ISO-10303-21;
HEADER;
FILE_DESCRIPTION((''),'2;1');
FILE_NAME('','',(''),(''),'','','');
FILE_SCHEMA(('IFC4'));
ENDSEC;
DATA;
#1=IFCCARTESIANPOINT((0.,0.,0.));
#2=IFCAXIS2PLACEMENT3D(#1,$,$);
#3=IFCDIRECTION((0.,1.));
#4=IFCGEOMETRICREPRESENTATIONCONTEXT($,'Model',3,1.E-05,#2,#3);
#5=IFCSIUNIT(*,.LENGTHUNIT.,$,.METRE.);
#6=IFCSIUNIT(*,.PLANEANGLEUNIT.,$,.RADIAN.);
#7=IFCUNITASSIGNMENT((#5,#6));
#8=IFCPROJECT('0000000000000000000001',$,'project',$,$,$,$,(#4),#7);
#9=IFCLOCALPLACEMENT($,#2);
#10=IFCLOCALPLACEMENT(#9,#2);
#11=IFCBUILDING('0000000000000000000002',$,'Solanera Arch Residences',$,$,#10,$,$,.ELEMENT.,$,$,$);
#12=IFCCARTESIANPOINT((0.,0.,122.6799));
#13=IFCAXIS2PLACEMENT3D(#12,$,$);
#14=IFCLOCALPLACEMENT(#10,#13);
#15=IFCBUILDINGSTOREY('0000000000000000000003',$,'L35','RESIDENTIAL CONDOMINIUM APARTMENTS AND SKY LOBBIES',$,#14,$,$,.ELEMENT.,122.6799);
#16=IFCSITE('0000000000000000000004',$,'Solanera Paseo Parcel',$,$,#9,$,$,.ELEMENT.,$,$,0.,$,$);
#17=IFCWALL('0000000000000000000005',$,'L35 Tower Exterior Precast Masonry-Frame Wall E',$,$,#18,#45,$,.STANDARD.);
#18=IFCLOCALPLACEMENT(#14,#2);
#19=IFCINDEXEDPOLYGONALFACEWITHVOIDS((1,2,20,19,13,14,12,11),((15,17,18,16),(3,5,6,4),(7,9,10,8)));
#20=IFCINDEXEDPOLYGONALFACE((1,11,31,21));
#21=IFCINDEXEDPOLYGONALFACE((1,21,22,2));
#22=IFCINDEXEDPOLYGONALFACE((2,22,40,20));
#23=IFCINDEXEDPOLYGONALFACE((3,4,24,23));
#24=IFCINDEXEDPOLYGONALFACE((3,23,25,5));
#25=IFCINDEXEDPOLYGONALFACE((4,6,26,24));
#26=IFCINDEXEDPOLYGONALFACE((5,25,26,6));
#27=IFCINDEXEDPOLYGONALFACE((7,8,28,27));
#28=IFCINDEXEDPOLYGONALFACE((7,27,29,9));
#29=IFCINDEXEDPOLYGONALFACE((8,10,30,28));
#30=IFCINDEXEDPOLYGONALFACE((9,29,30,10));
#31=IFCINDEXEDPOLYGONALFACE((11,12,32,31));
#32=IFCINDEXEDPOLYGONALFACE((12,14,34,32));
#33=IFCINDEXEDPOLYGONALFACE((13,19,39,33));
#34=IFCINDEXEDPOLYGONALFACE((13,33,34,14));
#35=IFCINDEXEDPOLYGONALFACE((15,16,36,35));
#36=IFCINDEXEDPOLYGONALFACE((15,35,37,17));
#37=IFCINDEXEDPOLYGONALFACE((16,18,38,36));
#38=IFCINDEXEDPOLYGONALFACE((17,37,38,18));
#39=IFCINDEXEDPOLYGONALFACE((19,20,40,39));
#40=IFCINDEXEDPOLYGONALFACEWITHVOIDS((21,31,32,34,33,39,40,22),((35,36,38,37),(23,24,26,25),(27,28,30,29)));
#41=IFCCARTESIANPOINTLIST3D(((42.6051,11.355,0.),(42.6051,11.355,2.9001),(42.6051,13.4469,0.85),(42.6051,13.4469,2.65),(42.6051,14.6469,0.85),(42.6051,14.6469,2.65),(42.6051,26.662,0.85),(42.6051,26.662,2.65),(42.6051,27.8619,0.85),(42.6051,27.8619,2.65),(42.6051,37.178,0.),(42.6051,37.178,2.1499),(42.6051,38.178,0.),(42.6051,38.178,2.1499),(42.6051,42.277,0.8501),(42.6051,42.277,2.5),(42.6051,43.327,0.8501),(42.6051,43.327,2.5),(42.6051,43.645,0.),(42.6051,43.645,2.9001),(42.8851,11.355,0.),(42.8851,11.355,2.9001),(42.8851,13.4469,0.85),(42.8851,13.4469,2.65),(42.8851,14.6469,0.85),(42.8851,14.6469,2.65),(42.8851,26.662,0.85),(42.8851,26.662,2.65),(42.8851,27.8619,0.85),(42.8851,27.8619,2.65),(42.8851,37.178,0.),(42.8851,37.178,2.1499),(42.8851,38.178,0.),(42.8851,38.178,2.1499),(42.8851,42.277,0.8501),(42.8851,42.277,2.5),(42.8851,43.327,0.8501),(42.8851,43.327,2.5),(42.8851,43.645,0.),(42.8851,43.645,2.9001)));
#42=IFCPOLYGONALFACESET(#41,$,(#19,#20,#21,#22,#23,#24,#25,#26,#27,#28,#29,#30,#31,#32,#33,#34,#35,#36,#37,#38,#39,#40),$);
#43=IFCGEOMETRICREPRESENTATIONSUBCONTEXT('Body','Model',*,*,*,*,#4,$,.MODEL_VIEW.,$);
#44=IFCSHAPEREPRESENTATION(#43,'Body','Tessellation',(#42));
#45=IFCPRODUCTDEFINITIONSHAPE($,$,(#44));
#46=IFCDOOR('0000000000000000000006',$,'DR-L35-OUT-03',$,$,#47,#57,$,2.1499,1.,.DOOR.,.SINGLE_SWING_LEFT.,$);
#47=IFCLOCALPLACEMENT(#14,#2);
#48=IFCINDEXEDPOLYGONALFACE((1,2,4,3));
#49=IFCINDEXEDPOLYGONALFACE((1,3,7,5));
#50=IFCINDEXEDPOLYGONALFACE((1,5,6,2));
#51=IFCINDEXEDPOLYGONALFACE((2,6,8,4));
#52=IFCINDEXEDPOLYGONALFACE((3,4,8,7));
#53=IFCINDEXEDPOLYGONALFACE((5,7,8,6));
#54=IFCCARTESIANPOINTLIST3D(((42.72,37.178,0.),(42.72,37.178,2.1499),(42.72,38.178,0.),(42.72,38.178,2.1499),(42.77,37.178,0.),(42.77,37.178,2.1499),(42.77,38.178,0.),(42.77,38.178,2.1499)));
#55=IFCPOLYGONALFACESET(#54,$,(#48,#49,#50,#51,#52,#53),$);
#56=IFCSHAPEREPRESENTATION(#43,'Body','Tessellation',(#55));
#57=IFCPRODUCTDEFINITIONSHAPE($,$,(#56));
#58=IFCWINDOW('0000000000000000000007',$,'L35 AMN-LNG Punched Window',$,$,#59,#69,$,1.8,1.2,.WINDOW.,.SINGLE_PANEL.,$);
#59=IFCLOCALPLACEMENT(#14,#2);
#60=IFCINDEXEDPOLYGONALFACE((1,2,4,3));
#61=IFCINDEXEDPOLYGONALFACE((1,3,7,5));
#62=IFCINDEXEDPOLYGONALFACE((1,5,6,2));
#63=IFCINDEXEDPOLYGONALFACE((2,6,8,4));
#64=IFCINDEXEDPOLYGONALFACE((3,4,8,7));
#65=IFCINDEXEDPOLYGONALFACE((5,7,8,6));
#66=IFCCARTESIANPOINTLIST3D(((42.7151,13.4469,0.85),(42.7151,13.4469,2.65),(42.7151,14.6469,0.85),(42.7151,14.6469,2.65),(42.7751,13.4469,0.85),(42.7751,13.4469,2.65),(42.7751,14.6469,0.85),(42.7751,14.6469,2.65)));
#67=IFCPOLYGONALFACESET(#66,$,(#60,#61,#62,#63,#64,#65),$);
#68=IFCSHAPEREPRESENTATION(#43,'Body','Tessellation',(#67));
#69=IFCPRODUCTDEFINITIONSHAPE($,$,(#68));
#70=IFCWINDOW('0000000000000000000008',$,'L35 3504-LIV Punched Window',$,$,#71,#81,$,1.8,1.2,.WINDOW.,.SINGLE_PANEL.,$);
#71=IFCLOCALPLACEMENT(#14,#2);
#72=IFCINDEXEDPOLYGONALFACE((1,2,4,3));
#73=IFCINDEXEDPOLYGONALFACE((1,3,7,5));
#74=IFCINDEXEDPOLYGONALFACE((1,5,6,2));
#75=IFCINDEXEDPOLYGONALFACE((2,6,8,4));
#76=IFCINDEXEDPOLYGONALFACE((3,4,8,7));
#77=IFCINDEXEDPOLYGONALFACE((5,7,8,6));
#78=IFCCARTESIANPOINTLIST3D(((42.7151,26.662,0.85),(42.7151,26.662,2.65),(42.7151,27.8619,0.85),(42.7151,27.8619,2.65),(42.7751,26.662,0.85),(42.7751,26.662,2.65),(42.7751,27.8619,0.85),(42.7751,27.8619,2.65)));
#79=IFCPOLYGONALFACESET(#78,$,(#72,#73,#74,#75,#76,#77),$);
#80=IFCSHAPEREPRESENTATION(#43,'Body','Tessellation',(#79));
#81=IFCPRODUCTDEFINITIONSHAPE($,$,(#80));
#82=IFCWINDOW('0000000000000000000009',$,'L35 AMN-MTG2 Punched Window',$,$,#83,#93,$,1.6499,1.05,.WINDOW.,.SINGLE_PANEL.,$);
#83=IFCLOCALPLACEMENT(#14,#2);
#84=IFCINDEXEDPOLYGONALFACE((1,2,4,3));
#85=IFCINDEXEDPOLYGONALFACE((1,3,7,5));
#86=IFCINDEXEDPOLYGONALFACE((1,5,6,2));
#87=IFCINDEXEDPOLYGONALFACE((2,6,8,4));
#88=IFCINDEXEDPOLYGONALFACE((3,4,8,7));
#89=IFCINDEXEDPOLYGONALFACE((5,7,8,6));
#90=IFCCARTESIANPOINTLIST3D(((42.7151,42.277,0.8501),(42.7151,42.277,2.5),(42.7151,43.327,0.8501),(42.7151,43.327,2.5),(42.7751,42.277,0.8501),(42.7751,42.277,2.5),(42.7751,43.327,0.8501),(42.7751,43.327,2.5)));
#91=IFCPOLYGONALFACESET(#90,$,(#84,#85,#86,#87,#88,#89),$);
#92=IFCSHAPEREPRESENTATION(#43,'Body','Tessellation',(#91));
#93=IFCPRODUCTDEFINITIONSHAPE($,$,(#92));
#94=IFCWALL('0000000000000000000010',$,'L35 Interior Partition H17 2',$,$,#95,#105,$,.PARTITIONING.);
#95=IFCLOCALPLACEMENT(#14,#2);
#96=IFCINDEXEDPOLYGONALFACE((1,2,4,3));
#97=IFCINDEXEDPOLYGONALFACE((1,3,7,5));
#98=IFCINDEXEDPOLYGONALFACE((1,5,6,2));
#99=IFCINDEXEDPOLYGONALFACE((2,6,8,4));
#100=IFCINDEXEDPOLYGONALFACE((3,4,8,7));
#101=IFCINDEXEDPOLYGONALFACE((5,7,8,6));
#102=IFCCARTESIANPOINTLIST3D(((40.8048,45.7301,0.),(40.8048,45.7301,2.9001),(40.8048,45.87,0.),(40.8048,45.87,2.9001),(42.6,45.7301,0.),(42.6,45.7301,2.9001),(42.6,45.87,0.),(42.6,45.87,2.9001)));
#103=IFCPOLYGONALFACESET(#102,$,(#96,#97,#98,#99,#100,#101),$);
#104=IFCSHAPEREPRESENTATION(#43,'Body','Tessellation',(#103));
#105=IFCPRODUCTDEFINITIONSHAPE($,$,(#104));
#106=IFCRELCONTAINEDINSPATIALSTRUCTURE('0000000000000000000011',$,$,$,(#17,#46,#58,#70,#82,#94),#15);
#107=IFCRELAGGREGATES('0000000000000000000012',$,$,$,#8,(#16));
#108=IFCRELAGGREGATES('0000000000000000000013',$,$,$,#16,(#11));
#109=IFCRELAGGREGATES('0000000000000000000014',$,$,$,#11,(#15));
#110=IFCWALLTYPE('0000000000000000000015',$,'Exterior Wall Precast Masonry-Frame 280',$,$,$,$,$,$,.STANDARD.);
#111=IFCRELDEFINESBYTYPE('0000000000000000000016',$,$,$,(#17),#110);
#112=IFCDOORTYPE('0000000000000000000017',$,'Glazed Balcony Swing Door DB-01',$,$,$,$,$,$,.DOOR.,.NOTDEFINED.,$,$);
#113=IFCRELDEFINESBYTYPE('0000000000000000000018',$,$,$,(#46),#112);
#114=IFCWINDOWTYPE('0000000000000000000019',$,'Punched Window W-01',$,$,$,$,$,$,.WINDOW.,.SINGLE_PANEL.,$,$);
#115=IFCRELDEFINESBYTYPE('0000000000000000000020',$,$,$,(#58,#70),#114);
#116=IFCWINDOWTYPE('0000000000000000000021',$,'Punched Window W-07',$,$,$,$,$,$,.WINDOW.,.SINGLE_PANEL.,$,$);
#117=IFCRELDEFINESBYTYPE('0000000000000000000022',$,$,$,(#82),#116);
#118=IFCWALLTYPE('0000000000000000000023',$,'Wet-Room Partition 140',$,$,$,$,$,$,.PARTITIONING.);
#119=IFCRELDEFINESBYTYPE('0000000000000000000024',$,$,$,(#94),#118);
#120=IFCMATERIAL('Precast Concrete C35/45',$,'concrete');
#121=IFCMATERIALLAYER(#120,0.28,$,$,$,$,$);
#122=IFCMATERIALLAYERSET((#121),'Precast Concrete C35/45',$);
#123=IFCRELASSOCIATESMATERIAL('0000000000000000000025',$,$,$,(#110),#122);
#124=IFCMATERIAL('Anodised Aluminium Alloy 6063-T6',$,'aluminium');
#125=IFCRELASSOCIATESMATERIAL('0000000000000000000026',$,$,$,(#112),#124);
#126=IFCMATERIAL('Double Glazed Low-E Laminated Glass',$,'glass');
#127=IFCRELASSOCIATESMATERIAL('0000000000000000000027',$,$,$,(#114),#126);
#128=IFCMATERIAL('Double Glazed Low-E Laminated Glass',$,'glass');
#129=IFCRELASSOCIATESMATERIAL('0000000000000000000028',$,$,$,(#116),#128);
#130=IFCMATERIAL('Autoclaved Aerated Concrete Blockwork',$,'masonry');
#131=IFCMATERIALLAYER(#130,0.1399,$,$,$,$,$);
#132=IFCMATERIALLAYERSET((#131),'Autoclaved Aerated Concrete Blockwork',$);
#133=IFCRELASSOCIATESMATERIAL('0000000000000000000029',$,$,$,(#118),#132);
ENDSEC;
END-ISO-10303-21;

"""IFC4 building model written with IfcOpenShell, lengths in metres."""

from ifc_helpers import new_model, si_unit, direction, frame, frame_2d, origin, place, context, subcontext, project, spatial, rectangle, extrude, material, layer, layer_set, type_object, element, fill, save


model = new_model("IFC4")

# Units and contexts
model_context = context("Model", 3, precision=1e-05, world=origin(), true_north=direction((0.0, 1.0)))
body_context = subcontext(model_context, "Body", "Model", "MODEL_VIEW")
ifc_project = project(units=[si_unit("LENGTHUNIT", "METRE"), si_unit("PLANEANGLEUNIT", "RADIAN")], contexts=[model_context])

# Site, building, storey
site_placement = place(None, origin())
site = spatial("IfcSite", under=ifc_project, at=site_placement, Name="Solanera Paseo Parcel", CompositionType="ELEMENT", RefElevation=0.0)
building_placement = place(site_placement, origin())
building = spatial("IfcBuilding", under=site, at=building_placement, Name="Solanera Arch Residences", CompositionType="ELEMENT")
storey_placement = place(building_placement, frame((0.0, 0.0, 122.6799)))
storey = spatial("IfcBuildingStorey", under=building, at=storey_placement, Name="L35", Description="RESIDENTIAL CONDOMINIUM APARTMENTS AND SKY LOBBIES", CompositionType="ELEMENT", Elevation=122.6799)

# Shared definitions
ifc_material_1 = material(Name="Precast Concrete C35/45", Category="concrete")
ifc_layer_1 = layer(ifc_material_1, 0.28)
ifc_layer_set_1 = layer_set([ifc_layer_1], Name="Precast Concrete C35/45")
wall_type_1 = type_object("IfcWallType", Name="Exterior Wall Precast Masonry-Frame 280", PredefinedType="STANDARD", material=ifc_layer_set_1)

# Wall, openings, door, windows
wall_1_placement = place(storey_placement, frame((42.7451, 43.645, 0.0), z_axis=(0.0, 0.0, 1.0), x_axis=(0.0, -1.0, 0.0)))
wall_1 = element("IfcWall", 1, at=wall_1_placement, inside=storey, type_object=wall_type_1, Name="L35 Tower Exterior Precast Masonry-Frame Wall E", PredefinedType="STANDARD", context=body_context, shape_type="SweptSolid", body=[
    extrude(rectangle(XDim=32.29, YDim=0.28, at=frame_2d((16.145, 0.0))), origin(), (0.0, 0.0, 1.0), 2.9001),
])
opening_1_placement = place(wall_1_placement, frame((5.467, 0.0, 0.0)))
opening_1 = element("IfcOpeningElement", 2, at=opening_1_placement, cuts=wall_1, PredefinedType="OPENING", context=body_context, shape_type="SweptSolid", body=[
    extrude(rectangle(XDim=1.0, YDim=2.1499, at=frame_2d((0.5, 1.075))), frame((0.0, 0.1499, 0.0), z_axis=(0.0, -1.0, 0.0), x_axis=(1.0, 0.0, 0.0)), (0.0, 0.0, 1.0), 0.3),
])
opening_2_placement = place(wall_1_placement, frame((28.998, 0.0, 0.8501)))
opening_2 = element("IfcOpeningElement", 3, at=opening_2_placement, cuts=wall_1, PredefinedType="OPENING", context=body_context, shape_type="SweptSolid", body=[
    extrude(rectangle(XDim=1.2, YDim=1.8, at=frame_2d((0.6001, 0.8999))), frame((0.0, 0.1499, 0.0), z_axis=(0.0, -1.0, 0.0), x_axis=(1.0, 0.0, 0.0)), (0.0, 0.0, 1.0), 0.3),
])
opening_3_placement = place(wall_1_placement, frame((0.3181, 0.0, 0.8501)))
opening_3 = element("IfcOpeningElement", 4, at=opening_3_placement, cuts=wall_1, PredefinedType="OPENING", context=body_context, shape_type="SweptSolid", body=[
    extrude(rectangle(XDim=1.05, YDim=1.6499, at=frame_2d((0.5249, 0.825))), frame((0.0, 0.1499, 0.0), z_axis=(0.0, -1.0, 0.0), x_axis=(1.0, 0.0, 0.0)), (0.0, 0.0, 1.0), 0.3),
])
opening_4_placement = place(wall_1_placement, frame((15.783, 0.0, 0.8501)))
opening_4 = element("IfcOpeningElement", 5, at=opening_4_placement, cuts=wall_1, PredefinedType="OPENING", context=body_context, shape_type="SweptSolid", body=[
    extrude(rectangle(XDim=1.2, YDim=1.8, at=frame_2d((0.6001, 0.8999))), frame((0.0, 0.1499, 0.0), z_axis=(0.0, -1.0, 0.0), x_axis=(1.0, 0.0, 0.0)), (0.0, 0.0, 1.0), 0.3),
])
ifc_material_2 = material(Name="Anodised Aluminium Alloy 6063-T6", Category="aluminium")
door_type = type_object("IfcDoorType", Name="Glazed Balcony Swing Door DB-01", OperationType="NOTDEFINED", PredefinedType="DOOR", material=ifc_material_2)
door_placement = place(opening_1_placement, origin())
door = element("IfcDoor", 6, at=door_placement, inside=storey, type_object=door_type, Name="DR-L35-OUT-03", OperationType="SINGLE_SWING_LEFT", OverallHeight=2.1499, OverallWidth=1.0, PredefinedType="DOOR", context=body_context, shape_type="SweptSolid", body=[
    extrude(rectangle(XDim=1.0, YDim=2.1499, at=frame_2d((0.5, 1.075))), frame((0.0, 0.0249, 0.0), z_axis=(0.0, -1.0, 0.0), x_axis=(1.0, 0.0, 0.0)), (0.0, 0.0, 1.0), 0.05),
])
fill(opening_1, door)
ifc_material_3 = material(Name="Double Glazed Low-E Laminated Glass", Category="glass")
window_type_1 = type_object("IfcWindowType", Name="Punched Window W-01", PartitioningType="SINGLE_PANEL", PredefinedType="WINDOW", material=ifc_material_3)
window_1_placement = place(opening_2_placement, origin())
window_1 = element("IfcWindow", 7, at=window_1_placement, inside=storey, type_object=window_type_1, Name="L35 AMN-LNG Punched Window", OverallHeight=1.8, OverallWidth=1.2, PartitioningType="SINGLE_PANEL", PredefinedType="WINDOW", context=body_context, shape_type="SweptSolid", body=[
    extrude(rectangle(XDim=1.2, YDim=1.8, at=frame_2d((0.6001, 0.8999))), frame((0.0, 0.03, 0.0), z_axis=(0.0, -1.0, 0.0), x_axis=(1.0, 0.0, 0.0)), (0.0, 0.0, 1.0), 0.0601),
])
fill(opening_2, window_1)
window_2_placement = place(opening_4_placement, origin())
window_2 = element("IfcWindow", 8, at=window_2_placement, inside=storey, type_object=window_type_1, Name="L35 3504-LIV Punched Window", OverallHeight=1.8, OverallWidth=1.2, PartitioningType="SINGLE_PANEL", PredefinedType="WINDOW", context=body_context, shape_type="SweptSolid", body=[
    extrude(rectangle(XDim=1.2, YDim=1.8, at=frame_2d((0.6001, 0.8999))), frame((0.0, 0.03, 0.0), z_axis=(0.0, -1.0, 0.0), x_axis=(1.0, 0.0, 0.0)), (0.0, 0.0, 1.0), 0.0601),
])
fill(opening_4, window_2)
ifc_material_4 = material(Name="Double Glazed Low-E Laminated Glass", Category="glass")
window_type_2 = type_object("IfcWindowType", Name="Punched Window W-07", PartitioningType="SINGLE_PANEL", PredefinedType="WINDOW", material=ifc_material_4)
window_3_placement = place(opening_3_placement, origin())
window_3 = element("IfcWindow", 9, at=window_3_placement, inside=storey, type_object=window_type_2, Name="L35 AMN-MTG2 Punched Window", OverallHeight=1.6499, OverallWidth=1.05, PartitioningType="SINGLE_PANEL", PredefinedType="WINDOW", context=body_context, shape_type="SweptSolid", body=[
    extrude(rectangle(XDim=1.05, YDim=1.6499, at=frame_2d((0.5249, 0.825))), frame((0.0, 0.03, 0.0), z_axis=(0.0, -1.0, 0.0), x_axis=(1.0, 0.0, 0.0)), (0.0, 0.0, 1.0), 0.0601),
])
fill(opening_3, window_3)

# Wall
ifc_material_5 = material(Name="Autoclaved Aerated Concrete Blockwork", Category="masonry")
ifc_layer_2 = layer(ifc_material_5, 0.1399)
ifc_layer_set_2 = layer_set([ifc_layer_2], Name="Autoclaved Aerated Concrete Blockwork")
wall_type_2 = type_object("IfcWallType", Name="Wet-Room Partition 140", PredefinedType="PARTITIONING", material=ifc_layer_set_2)
wall_2_placement = place(storey_placement, frame((40.8049, 45.8, 0.0), z_axis=(0.0, 0.0, 1.0), x_axis=(1.0, 0.0, 0.0)))
element("IfcWall", 10, at=wall_2_placement, inside=storey, type_object=wall_type_2, Name="L35 Interior Partition H17 2", PredefinedType="PARTITIONING", context=body_context, shape_type="SweptSolid", body=[
    extrude(rectangle(XDim=1.7952, YDim=0.1399, at=frame_2d((0.8975, 0.0))), origin(), (0.0, 0.0, 1.0), 2.9001),
])

save(model, "model.ifc")
